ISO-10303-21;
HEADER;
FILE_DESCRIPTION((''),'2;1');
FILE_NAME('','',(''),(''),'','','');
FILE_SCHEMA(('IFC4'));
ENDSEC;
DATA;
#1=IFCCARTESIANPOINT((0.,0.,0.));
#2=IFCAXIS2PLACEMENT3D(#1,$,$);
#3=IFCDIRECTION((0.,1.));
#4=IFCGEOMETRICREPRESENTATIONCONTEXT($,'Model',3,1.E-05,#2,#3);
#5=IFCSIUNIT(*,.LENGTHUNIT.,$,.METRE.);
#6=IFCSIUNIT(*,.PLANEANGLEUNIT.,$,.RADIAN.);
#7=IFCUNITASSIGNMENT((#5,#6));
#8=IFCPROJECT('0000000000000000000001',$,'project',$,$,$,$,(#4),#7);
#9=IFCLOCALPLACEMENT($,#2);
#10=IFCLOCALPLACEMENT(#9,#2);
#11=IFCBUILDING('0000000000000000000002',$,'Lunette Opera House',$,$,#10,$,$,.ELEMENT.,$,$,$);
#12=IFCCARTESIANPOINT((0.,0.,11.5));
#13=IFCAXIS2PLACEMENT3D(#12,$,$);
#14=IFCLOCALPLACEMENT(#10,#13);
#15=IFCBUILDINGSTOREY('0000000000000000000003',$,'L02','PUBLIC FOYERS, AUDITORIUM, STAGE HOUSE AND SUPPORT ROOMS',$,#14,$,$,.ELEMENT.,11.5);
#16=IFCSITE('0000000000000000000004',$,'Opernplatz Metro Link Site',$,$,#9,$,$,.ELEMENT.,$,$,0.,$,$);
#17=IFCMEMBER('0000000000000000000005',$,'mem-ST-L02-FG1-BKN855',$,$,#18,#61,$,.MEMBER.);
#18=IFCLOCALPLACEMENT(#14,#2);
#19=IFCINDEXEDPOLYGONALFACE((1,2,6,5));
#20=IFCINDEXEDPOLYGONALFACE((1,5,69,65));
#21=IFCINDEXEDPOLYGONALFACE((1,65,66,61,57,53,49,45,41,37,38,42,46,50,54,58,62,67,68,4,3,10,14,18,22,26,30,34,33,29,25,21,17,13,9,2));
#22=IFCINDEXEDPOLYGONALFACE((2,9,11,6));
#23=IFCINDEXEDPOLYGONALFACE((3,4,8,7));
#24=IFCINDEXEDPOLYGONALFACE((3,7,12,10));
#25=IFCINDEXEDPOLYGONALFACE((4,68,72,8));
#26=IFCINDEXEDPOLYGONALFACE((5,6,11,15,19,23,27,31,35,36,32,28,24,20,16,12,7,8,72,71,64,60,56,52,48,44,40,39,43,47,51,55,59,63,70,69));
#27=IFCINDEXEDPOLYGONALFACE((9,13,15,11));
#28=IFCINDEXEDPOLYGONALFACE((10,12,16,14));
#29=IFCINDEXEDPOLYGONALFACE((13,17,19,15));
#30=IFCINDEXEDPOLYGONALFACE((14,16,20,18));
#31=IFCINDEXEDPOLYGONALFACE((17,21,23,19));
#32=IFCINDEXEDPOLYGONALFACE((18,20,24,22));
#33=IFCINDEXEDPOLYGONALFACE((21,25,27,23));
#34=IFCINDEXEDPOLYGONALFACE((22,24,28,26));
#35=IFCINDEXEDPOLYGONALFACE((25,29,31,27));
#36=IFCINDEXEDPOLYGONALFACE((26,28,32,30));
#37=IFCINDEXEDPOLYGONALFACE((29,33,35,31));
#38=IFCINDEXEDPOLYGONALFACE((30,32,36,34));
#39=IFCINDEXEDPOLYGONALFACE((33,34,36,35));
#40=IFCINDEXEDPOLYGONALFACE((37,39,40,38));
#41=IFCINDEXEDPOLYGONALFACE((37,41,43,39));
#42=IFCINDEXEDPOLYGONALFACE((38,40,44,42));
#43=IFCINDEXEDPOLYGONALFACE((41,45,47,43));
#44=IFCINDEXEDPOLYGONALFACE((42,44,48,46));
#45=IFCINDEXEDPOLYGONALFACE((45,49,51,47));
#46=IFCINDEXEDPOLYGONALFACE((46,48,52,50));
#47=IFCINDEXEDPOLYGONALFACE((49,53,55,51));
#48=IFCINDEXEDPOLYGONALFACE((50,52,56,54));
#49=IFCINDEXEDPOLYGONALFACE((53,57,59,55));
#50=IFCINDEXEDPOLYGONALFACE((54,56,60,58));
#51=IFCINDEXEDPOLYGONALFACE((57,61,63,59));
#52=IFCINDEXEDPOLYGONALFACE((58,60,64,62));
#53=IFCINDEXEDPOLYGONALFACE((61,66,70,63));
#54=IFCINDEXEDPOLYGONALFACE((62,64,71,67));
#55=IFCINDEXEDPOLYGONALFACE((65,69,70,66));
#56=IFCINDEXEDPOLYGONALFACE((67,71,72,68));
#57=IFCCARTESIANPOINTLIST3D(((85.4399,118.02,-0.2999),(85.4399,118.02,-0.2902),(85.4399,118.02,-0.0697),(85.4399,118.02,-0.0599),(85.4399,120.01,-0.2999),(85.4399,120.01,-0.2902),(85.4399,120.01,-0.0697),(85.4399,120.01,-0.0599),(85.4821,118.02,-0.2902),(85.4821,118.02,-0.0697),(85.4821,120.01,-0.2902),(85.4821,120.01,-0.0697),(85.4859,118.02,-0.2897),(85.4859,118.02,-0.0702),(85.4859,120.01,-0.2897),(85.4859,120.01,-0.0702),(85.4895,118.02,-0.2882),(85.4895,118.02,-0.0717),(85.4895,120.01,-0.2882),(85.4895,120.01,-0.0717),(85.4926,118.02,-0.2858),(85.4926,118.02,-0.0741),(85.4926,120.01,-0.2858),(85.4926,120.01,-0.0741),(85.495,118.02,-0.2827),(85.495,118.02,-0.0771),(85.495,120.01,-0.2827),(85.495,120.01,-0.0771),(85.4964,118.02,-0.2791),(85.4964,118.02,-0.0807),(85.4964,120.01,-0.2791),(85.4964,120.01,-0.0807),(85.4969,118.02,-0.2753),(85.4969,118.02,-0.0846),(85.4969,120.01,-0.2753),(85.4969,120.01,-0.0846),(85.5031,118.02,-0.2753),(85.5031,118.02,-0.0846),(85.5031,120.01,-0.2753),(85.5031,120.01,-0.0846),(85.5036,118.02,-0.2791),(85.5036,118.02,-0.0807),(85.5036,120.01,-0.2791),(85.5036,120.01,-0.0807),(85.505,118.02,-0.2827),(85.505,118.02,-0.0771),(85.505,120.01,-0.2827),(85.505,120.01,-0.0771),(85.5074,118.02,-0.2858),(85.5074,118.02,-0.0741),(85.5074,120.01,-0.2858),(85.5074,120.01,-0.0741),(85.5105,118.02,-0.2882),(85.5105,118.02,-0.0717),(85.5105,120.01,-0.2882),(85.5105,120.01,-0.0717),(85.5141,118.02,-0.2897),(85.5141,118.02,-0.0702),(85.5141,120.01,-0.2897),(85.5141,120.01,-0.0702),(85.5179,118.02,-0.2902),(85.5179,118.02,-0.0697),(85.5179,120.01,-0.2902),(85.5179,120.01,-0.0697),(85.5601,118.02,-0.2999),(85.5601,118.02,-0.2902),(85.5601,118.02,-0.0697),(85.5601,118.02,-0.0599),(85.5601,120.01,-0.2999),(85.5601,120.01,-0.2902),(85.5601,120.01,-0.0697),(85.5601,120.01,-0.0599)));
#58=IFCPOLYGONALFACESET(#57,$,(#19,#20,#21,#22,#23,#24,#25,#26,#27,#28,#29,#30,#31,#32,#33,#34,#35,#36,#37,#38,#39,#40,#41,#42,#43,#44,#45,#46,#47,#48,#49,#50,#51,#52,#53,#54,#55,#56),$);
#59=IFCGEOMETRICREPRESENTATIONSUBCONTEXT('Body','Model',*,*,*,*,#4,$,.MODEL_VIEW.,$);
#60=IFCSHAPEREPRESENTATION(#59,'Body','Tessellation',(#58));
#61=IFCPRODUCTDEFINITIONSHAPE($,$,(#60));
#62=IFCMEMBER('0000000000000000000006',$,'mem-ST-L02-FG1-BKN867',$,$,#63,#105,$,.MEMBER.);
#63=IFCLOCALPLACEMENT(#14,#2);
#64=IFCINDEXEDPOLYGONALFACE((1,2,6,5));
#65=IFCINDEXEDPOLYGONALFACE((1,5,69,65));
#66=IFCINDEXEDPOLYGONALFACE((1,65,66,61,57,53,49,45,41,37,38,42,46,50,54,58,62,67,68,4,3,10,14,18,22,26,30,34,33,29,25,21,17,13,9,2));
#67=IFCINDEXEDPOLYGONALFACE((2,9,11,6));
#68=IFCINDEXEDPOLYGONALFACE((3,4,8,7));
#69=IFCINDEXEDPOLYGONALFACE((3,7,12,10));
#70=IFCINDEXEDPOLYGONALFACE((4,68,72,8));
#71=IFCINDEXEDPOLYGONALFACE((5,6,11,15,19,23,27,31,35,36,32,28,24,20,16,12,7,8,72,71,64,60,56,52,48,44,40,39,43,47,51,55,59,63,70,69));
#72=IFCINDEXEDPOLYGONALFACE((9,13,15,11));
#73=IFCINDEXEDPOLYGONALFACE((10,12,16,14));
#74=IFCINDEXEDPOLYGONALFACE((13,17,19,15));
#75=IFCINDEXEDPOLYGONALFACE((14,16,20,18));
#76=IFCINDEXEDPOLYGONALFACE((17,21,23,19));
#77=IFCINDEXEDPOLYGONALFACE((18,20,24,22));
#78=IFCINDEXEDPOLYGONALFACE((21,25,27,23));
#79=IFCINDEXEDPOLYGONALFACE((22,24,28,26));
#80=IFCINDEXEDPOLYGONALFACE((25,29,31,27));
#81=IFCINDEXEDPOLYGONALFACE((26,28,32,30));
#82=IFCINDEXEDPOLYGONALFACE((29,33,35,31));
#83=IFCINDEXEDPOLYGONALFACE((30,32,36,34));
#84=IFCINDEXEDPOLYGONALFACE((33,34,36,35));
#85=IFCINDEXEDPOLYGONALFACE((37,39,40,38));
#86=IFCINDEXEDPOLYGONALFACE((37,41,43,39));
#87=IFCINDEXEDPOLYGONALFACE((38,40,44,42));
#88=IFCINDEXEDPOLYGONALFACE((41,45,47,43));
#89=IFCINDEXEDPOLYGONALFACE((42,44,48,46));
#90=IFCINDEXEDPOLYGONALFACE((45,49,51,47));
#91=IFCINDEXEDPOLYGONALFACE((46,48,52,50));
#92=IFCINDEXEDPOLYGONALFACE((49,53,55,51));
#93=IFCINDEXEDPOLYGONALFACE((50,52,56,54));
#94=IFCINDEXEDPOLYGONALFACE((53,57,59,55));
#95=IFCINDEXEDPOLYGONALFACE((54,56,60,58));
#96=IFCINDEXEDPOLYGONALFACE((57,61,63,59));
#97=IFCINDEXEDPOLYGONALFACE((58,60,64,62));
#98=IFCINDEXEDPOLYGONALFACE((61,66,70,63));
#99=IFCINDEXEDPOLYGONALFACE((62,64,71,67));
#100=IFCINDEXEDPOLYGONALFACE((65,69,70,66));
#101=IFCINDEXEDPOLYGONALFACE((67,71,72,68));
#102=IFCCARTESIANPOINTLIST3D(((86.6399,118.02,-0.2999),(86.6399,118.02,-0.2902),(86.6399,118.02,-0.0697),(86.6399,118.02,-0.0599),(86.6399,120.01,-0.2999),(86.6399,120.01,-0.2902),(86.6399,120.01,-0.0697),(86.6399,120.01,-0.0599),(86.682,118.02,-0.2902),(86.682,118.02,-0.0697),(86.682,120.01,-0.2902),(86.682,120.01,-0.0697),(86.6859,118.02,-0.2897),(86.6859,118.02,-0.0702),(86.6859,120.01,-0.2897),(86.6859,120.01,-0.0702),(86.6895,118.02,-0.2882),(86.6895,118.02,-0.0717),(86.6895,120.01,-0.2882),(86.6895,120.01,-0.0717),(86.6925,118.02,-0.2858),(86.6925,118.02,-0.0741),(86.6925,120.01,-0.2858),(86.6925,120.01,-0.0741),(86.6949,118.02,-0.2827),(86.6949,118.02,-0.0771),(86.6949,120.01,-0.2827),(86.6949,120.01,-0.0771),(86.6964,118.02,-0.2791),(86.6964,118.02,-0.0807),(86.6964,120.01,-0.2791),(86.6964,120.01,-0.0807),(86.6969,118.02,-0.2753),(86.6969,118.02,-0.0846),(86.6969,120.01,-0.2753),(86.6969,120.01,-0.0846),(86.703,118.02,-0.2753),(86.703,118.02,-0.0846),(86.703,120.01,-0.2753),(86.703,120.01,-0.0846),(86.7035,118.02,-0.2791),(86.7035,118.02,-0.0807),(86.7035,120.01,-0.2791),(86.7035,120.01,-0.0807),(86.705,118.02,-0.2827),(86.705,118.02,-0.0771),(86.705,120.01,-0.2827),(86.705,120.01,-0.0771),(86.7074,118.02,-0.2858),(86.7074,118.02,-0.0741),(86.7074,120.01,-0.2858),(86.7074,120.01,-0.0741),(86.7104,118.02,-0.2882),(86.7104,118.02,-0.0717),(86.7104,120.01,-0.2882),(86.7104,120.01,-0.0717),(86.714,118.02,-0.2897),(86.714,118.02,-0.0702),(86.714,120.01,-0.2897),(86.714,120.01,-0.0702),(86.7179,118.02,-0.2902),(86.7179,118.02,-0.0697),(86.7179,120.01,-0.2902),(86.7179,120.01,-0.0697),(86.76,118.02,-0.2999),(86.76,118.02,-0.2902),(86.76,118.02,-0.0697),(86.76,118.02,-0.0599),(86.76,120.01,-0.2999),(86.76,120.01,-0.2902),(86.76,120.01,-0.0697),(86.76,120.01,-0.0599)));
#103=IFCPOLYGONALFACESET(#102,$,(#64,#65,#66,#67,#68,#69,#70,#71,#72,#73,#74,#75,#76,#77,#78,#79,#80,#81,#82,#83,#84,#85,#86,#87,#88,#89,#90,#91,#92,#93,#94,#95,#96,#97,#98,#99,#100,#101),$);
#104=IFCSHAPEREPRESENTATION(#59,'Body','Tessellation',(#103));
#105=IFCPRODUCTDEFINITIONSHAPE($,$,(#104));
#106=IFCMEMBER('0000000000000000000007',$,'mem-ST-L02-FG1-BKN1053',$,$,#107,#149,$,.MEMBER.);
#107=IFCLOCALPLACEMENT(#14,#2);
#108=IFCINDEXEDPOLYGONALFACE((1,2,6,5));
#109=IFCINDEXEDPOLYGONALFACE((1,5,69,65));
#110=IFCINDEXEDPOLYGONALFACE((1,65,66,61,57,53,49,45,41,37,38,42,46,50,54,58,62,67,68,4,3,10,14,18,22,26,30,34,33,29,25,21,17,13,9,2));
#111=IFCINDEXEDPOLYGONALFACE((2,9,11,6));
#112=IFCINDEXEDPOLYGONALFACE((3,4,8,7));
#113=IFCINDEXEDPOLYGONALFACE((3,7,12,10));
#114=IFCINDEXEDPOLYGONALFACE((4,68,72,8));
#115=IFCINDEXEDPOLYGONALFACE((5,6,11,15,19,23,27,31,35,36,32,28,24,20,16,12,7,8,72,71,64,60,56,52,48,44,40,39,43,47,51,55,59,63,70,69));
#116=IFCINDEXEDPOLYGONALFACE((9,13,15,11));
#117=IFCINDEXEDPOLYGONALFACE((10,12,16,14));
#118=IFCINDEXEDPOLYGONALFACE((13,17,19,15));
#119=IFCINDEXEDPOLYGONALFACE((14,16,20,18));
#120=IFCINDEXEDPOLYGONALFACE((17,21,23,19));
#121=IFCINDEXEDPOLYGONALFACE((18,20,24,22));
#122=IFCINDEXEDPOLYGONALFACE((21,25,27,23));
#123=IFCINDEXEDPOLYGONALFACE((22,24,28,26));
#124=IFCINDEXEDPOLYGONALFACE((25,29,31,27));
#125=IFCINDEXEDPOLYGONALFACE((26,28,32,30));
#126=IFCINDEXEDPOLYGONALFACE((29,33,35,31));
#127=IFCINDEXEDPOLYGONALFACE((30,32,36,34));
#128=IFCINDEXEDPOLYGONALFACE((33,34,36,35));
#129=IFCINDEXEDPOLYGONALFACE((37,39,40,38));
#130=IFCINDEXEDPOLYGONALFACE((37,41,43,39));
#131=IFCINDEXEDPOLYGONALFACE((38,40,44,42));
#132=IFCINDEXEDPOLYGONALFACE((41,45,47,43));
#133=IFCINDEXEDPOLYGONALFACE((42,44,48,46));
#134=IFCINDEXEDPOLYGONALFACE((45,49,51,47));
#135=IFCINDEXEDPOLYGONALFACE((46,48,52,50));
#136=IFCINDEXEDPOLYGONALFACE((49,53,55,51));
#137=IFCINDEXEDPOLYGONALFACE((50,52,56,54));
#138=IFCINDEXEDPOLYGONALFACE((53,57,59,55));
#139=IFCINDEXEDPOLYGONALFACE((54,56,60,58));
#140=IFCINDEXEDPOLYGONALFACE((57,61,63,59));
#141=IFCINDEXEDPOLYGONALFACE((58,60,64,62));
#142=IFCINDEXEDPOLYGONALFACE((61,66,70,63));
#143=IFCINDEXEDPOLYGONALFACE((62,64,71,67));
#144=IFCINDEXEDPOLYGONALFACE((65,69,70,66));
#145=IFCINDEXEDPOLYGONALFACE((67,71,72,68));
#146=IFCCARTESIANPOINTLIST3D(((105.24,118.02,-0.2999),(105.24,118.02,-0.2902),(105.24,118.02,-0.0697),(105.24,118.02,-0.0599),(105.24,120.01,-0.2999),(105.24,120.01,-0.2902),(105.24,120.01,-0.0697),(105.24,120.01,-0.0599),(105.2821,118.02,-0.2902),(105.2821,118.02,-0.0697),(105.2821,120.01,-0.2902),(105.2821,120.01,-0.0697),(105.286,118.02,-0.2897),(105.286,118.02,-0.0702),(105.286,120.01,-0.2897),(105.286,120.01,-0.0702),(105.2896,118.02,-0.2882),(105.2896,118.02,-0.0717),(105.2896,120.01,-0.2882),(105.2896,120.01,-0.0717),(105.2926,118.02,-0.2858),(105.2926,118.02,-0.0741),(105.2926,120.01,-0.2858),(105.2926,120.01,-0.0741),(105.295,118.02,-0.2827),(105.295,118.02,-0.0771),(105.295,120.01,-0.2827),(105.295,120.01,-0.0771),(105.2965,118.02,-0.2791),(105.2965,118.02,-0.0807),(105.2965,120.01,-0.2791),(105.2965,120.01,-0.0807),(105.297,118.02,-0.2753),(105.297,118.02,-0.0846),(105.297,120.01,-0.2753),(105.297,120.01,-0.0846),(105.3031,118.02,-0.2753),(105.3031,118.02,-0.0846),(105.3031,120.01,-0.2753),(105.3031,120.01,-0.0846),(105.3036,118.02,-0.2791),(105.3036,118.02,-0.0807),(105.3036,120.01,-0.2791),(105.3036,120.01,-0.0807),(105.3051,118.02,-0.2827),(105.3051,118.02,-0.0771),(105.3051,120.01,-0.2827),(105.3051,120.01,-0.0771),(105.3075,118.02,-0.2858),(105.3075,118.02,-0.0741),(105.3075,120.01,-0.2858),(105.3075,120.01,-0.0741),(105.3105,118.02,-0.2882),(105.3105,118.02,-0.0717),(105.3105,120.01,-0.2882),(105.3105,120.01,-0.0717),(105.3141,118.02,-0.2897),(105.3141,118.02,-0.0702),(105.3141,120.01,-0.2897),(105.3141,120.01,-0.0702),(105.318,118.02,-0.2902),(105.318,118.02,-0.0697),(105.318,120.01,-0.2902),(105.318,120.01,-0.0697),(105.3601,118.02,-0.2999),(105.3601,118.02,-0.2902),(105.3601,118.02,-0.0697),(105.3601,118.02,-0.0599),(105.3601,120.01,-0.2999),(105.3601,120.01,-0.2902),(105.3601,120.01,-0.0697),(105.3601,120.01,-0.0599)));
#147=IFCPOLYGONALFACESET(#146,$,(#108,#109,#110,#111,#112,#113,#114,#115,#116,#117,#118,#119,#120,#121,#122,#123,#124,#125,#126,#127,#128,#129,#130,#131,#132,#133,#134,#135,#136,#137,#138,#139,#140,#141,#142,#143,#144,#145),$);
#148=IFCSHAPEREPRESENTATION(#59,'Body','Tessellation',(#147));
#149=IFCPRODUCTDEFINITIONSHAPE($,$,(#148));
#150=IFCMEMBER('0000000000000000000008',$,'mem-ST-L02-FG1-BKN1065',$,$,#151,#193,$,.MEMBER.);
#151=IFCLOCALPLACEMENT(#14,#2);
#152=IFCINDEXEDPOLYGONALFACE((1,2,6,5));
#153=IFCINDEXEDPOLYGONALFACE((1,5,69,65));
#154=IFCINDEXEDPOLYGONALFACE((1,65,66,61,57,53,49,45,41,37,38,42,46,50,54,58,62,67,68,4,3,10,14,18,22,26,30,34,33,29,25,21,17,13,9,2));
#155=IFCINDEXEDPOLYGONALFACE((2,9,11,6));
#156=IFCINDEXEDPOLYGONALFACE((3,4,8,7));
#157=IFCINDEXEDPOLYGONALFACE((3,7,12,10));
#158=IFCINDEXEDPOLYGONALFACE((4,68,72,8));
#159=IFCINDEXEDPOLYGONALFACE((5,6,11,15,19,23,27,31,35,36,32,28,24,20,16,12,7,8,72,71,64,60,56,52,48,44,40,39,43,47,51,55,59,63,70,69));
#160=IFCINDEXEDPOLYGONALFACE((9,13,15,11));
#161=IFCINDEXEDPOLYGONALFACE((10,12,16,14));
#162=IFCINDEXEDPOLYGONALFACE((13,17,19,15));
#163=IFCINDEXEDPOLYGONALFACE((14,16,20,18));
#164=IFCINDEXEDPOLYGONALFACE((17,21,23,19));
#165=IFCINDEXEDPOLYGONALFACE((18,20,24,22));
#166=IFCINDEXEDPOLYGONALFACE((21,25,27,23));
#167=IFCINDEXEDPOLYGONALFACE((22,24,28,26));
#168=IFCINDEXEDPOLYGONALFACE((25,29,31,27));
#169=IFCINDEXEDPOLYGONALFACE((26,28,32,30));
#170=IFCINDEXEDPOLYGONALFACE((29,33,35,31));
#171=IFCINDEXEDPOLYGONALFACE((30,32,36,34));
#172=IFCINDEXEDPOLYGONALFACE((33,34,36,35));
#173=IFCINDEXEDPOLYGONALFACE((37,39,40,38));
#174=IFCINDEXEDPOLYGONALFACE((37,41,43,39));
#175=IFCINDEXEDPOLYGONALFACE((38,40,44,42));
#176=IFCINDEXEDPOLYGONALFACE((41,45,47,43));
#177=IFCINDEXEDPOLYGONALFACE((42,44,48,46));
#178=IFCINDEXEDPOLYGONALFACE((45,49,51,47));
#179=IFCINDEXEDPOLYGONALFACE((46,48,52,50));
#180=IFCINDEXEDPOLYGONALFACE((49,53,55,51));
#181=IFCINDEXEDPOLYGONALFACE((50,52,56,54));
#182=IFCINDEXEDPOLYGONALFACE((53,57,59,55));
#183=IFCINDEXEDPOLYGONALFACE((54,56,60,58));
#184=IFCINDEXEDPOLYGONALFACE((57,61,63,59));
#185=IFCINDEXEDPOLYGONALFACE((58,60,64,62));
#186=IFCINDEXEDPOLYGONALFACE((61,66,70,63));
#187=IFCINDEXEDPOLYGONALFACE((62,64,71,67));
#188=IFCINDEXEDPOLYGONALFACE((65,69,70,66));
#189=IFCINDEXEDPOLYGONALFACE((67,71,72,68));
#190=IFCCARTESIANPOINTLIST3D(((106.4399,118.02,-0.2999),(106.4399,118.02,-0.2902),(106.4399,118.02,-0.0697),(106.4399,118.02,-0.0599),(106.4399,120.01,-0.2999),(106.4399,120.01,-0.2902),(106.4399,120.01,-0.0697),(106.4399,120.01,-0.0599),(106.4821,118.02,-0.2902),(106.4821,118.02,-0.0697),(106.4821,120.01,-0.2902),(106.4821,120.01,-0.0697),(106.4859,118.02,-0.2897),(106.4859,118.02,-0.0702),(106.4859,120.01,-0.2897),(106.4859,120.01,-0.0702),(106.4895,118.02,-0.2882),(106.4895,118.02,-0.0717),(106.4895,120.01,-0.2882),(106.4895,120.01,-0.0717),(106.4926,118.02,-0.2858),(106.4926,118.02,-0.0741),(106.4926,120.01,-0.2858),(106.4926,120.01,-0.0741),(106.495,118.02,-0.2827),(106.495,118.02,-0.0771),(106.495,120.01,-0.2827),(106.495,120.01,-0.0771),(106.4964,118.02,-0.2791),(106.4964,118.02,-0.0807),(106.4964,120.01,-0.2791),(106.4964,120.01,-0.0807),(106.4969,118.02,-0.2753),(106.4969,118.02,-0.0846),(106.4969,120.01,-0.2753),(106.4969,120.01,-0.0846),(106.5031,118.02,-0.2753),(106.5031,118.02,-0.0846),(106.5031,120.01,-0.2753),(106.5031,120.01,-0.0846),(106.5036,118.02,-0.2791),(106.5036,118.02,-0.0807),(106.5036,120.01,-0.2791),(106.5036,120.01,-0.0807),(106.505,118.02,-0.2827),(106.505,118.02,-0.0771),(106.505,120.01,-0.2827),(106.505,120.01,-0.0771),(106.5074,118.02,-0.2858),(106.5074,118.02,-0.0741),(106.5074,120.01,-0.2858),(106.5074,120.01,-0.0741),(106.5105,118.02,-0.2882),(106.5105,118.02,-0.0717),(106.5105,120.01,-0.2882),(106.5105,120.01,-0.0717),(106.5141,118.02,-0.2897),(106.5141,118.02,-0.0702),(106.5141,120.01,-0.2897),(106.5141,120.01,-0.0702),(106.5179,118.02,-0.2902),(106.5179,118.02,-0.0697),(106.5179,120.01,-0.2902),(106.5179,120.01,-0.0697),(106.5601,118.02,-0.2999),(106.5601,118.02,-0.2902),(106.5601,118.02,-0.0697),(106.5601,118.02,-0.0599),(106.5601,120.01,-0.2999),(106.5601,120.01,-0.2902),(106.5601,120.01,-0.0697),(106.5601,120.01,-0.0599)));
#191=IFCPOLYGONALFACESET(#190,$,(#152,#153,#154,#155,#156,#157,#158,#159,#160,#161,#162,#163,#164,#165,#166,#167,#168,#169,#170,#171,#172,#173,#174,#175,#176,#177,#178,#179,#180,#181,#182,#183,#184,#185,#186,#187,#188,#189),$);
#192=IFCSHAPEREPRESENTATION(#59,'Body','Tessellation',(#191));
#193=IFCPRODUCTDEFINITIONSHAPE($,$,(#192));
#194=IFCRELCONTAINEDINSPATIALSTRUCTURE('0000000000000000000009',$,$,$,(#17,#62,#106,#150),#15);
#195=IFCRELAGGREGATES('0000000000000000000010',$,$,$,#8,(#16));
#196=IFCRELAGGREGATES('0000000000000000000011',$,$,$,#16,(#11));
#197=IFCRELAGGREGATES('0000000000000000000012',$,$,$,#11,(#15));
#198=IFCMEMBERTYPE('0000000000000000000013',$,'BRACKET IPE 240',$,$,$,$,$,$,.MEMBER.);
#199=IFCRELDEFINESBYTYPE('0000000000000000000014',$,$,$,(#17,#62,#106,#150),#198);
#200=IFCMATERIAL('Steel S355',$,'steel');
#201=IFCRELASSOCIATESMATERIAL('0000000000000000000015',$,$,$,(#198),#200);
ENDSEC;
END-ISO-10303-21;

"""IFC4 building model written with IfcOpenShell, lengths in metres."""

from ifc_helpers import new_model, si_unit, direction, frame, origin, origin_2d, place, context, subcontext, project, spatial, i_section, extrude, material, material_profile, profile_set, type_object, element, save


model = new_model("IFC4")

# Units and contexts
model_context = context("Model", 3, precision=1e-05, world=origin(), true_north=direction((0.0, 1.0)))
body_context = subcontext(model_context, "Body", "Model", "MODEL_VIEW")
ifc_project = project(units=[si_unit("LENGTHUNIT", "METRE"), si_unit("PLANEANGLEUNIT", "RADIAN")], contexts=[model_context])

# Site, building, storey
site_placement = place(None, origin())
site = spatial("IfcSite", under=ifc_project, at=site_placement, Name="Opernplatz Metro Link Site", CompositionType="ELEMENT", RefElevation=0.0)
building_placement = place(site_placement, origin())
building = spatial("IfcBuilding", under=site, at=building_placement, Name="Lunette Opera House", CompositionType="ELEMENT")
storey_placement = place(building_placement, frame((0.0, 0.0, 11.5)))
storey = spatial("IfcBuildingStorey", under=building, at=storey_placement, Name="L02", Description="PUBLIC FOYERS, AUDITORIUM, STAGE HOUSE AND SUPPORT ROOMS", CompositionType="ELEMENT", Elevation=11.5)

# Members
ifc_material_1 = material(Name="Steel S355", Category="steel")
ifc_material_profile_1 = material_profile(ifc_material_1, i_section(OverallWidth=0.1201, OverallDepth=0.24, WebThickness=0.0061, FlangeThickness=0.0098, FilletRadius=0.0149, at=origin_2d()), Name="IPE 240")
ifc_profile_set_1 = profile_set([ifc_material_profile_1], Name="Steel S355")
member_type_1 = type_object("IfcMemberType", Name="BRACKET IPE 240", PredefinedType="MEMBER", material=ifc_profile_set_1)
for number, where, z_axis, x_axis, name in (
    (1, (85.5, 120.01, -0.1799), (0.0, -1.0, 0.0), (1.0, 0.0, 0.0), "mem-ST-L02-FG1-BKN855"),
    (2, (86.7, 120.01, -0.1799), (0.0, -1.0, 0.0), (1.0, 0.0, 0.0), "mem-ST-L02-FG1-BKN867"),
    (3, (105.3, 120.01, -0.1799), (0.0, -1.0, 0.0), (1.0, 0.0, 0.0), "mem-ST-L02-FG1-BKN1053"),
    (4, (106.5, 120.01, -0.1799), (0.0, -1.0, 0.0), (1.0, 0.0, 0.0), "mem-ST-L02-FG1-BKN1065"),
):
    element("IfcMember", number, at=place(storey_placement, frame(where, z_axis=z_axis, x_axis=x_axis)), inside=storey, type_object=member_type_1, Name=name, PredefinedType="MEMBER", context=body_context, shape_type="SweptSolid", body=[
        extrude(i_section(OverallWidth=0.1201, OverallDepth=0.24, WebThickness=0.0061, FlangeThickness=0.0098, FilletRadius=0.0149, at=origin_2d()), origin(), (0.0, 0.0, 1.0), 1.99),
    ])

save(model, "model.ifc")
